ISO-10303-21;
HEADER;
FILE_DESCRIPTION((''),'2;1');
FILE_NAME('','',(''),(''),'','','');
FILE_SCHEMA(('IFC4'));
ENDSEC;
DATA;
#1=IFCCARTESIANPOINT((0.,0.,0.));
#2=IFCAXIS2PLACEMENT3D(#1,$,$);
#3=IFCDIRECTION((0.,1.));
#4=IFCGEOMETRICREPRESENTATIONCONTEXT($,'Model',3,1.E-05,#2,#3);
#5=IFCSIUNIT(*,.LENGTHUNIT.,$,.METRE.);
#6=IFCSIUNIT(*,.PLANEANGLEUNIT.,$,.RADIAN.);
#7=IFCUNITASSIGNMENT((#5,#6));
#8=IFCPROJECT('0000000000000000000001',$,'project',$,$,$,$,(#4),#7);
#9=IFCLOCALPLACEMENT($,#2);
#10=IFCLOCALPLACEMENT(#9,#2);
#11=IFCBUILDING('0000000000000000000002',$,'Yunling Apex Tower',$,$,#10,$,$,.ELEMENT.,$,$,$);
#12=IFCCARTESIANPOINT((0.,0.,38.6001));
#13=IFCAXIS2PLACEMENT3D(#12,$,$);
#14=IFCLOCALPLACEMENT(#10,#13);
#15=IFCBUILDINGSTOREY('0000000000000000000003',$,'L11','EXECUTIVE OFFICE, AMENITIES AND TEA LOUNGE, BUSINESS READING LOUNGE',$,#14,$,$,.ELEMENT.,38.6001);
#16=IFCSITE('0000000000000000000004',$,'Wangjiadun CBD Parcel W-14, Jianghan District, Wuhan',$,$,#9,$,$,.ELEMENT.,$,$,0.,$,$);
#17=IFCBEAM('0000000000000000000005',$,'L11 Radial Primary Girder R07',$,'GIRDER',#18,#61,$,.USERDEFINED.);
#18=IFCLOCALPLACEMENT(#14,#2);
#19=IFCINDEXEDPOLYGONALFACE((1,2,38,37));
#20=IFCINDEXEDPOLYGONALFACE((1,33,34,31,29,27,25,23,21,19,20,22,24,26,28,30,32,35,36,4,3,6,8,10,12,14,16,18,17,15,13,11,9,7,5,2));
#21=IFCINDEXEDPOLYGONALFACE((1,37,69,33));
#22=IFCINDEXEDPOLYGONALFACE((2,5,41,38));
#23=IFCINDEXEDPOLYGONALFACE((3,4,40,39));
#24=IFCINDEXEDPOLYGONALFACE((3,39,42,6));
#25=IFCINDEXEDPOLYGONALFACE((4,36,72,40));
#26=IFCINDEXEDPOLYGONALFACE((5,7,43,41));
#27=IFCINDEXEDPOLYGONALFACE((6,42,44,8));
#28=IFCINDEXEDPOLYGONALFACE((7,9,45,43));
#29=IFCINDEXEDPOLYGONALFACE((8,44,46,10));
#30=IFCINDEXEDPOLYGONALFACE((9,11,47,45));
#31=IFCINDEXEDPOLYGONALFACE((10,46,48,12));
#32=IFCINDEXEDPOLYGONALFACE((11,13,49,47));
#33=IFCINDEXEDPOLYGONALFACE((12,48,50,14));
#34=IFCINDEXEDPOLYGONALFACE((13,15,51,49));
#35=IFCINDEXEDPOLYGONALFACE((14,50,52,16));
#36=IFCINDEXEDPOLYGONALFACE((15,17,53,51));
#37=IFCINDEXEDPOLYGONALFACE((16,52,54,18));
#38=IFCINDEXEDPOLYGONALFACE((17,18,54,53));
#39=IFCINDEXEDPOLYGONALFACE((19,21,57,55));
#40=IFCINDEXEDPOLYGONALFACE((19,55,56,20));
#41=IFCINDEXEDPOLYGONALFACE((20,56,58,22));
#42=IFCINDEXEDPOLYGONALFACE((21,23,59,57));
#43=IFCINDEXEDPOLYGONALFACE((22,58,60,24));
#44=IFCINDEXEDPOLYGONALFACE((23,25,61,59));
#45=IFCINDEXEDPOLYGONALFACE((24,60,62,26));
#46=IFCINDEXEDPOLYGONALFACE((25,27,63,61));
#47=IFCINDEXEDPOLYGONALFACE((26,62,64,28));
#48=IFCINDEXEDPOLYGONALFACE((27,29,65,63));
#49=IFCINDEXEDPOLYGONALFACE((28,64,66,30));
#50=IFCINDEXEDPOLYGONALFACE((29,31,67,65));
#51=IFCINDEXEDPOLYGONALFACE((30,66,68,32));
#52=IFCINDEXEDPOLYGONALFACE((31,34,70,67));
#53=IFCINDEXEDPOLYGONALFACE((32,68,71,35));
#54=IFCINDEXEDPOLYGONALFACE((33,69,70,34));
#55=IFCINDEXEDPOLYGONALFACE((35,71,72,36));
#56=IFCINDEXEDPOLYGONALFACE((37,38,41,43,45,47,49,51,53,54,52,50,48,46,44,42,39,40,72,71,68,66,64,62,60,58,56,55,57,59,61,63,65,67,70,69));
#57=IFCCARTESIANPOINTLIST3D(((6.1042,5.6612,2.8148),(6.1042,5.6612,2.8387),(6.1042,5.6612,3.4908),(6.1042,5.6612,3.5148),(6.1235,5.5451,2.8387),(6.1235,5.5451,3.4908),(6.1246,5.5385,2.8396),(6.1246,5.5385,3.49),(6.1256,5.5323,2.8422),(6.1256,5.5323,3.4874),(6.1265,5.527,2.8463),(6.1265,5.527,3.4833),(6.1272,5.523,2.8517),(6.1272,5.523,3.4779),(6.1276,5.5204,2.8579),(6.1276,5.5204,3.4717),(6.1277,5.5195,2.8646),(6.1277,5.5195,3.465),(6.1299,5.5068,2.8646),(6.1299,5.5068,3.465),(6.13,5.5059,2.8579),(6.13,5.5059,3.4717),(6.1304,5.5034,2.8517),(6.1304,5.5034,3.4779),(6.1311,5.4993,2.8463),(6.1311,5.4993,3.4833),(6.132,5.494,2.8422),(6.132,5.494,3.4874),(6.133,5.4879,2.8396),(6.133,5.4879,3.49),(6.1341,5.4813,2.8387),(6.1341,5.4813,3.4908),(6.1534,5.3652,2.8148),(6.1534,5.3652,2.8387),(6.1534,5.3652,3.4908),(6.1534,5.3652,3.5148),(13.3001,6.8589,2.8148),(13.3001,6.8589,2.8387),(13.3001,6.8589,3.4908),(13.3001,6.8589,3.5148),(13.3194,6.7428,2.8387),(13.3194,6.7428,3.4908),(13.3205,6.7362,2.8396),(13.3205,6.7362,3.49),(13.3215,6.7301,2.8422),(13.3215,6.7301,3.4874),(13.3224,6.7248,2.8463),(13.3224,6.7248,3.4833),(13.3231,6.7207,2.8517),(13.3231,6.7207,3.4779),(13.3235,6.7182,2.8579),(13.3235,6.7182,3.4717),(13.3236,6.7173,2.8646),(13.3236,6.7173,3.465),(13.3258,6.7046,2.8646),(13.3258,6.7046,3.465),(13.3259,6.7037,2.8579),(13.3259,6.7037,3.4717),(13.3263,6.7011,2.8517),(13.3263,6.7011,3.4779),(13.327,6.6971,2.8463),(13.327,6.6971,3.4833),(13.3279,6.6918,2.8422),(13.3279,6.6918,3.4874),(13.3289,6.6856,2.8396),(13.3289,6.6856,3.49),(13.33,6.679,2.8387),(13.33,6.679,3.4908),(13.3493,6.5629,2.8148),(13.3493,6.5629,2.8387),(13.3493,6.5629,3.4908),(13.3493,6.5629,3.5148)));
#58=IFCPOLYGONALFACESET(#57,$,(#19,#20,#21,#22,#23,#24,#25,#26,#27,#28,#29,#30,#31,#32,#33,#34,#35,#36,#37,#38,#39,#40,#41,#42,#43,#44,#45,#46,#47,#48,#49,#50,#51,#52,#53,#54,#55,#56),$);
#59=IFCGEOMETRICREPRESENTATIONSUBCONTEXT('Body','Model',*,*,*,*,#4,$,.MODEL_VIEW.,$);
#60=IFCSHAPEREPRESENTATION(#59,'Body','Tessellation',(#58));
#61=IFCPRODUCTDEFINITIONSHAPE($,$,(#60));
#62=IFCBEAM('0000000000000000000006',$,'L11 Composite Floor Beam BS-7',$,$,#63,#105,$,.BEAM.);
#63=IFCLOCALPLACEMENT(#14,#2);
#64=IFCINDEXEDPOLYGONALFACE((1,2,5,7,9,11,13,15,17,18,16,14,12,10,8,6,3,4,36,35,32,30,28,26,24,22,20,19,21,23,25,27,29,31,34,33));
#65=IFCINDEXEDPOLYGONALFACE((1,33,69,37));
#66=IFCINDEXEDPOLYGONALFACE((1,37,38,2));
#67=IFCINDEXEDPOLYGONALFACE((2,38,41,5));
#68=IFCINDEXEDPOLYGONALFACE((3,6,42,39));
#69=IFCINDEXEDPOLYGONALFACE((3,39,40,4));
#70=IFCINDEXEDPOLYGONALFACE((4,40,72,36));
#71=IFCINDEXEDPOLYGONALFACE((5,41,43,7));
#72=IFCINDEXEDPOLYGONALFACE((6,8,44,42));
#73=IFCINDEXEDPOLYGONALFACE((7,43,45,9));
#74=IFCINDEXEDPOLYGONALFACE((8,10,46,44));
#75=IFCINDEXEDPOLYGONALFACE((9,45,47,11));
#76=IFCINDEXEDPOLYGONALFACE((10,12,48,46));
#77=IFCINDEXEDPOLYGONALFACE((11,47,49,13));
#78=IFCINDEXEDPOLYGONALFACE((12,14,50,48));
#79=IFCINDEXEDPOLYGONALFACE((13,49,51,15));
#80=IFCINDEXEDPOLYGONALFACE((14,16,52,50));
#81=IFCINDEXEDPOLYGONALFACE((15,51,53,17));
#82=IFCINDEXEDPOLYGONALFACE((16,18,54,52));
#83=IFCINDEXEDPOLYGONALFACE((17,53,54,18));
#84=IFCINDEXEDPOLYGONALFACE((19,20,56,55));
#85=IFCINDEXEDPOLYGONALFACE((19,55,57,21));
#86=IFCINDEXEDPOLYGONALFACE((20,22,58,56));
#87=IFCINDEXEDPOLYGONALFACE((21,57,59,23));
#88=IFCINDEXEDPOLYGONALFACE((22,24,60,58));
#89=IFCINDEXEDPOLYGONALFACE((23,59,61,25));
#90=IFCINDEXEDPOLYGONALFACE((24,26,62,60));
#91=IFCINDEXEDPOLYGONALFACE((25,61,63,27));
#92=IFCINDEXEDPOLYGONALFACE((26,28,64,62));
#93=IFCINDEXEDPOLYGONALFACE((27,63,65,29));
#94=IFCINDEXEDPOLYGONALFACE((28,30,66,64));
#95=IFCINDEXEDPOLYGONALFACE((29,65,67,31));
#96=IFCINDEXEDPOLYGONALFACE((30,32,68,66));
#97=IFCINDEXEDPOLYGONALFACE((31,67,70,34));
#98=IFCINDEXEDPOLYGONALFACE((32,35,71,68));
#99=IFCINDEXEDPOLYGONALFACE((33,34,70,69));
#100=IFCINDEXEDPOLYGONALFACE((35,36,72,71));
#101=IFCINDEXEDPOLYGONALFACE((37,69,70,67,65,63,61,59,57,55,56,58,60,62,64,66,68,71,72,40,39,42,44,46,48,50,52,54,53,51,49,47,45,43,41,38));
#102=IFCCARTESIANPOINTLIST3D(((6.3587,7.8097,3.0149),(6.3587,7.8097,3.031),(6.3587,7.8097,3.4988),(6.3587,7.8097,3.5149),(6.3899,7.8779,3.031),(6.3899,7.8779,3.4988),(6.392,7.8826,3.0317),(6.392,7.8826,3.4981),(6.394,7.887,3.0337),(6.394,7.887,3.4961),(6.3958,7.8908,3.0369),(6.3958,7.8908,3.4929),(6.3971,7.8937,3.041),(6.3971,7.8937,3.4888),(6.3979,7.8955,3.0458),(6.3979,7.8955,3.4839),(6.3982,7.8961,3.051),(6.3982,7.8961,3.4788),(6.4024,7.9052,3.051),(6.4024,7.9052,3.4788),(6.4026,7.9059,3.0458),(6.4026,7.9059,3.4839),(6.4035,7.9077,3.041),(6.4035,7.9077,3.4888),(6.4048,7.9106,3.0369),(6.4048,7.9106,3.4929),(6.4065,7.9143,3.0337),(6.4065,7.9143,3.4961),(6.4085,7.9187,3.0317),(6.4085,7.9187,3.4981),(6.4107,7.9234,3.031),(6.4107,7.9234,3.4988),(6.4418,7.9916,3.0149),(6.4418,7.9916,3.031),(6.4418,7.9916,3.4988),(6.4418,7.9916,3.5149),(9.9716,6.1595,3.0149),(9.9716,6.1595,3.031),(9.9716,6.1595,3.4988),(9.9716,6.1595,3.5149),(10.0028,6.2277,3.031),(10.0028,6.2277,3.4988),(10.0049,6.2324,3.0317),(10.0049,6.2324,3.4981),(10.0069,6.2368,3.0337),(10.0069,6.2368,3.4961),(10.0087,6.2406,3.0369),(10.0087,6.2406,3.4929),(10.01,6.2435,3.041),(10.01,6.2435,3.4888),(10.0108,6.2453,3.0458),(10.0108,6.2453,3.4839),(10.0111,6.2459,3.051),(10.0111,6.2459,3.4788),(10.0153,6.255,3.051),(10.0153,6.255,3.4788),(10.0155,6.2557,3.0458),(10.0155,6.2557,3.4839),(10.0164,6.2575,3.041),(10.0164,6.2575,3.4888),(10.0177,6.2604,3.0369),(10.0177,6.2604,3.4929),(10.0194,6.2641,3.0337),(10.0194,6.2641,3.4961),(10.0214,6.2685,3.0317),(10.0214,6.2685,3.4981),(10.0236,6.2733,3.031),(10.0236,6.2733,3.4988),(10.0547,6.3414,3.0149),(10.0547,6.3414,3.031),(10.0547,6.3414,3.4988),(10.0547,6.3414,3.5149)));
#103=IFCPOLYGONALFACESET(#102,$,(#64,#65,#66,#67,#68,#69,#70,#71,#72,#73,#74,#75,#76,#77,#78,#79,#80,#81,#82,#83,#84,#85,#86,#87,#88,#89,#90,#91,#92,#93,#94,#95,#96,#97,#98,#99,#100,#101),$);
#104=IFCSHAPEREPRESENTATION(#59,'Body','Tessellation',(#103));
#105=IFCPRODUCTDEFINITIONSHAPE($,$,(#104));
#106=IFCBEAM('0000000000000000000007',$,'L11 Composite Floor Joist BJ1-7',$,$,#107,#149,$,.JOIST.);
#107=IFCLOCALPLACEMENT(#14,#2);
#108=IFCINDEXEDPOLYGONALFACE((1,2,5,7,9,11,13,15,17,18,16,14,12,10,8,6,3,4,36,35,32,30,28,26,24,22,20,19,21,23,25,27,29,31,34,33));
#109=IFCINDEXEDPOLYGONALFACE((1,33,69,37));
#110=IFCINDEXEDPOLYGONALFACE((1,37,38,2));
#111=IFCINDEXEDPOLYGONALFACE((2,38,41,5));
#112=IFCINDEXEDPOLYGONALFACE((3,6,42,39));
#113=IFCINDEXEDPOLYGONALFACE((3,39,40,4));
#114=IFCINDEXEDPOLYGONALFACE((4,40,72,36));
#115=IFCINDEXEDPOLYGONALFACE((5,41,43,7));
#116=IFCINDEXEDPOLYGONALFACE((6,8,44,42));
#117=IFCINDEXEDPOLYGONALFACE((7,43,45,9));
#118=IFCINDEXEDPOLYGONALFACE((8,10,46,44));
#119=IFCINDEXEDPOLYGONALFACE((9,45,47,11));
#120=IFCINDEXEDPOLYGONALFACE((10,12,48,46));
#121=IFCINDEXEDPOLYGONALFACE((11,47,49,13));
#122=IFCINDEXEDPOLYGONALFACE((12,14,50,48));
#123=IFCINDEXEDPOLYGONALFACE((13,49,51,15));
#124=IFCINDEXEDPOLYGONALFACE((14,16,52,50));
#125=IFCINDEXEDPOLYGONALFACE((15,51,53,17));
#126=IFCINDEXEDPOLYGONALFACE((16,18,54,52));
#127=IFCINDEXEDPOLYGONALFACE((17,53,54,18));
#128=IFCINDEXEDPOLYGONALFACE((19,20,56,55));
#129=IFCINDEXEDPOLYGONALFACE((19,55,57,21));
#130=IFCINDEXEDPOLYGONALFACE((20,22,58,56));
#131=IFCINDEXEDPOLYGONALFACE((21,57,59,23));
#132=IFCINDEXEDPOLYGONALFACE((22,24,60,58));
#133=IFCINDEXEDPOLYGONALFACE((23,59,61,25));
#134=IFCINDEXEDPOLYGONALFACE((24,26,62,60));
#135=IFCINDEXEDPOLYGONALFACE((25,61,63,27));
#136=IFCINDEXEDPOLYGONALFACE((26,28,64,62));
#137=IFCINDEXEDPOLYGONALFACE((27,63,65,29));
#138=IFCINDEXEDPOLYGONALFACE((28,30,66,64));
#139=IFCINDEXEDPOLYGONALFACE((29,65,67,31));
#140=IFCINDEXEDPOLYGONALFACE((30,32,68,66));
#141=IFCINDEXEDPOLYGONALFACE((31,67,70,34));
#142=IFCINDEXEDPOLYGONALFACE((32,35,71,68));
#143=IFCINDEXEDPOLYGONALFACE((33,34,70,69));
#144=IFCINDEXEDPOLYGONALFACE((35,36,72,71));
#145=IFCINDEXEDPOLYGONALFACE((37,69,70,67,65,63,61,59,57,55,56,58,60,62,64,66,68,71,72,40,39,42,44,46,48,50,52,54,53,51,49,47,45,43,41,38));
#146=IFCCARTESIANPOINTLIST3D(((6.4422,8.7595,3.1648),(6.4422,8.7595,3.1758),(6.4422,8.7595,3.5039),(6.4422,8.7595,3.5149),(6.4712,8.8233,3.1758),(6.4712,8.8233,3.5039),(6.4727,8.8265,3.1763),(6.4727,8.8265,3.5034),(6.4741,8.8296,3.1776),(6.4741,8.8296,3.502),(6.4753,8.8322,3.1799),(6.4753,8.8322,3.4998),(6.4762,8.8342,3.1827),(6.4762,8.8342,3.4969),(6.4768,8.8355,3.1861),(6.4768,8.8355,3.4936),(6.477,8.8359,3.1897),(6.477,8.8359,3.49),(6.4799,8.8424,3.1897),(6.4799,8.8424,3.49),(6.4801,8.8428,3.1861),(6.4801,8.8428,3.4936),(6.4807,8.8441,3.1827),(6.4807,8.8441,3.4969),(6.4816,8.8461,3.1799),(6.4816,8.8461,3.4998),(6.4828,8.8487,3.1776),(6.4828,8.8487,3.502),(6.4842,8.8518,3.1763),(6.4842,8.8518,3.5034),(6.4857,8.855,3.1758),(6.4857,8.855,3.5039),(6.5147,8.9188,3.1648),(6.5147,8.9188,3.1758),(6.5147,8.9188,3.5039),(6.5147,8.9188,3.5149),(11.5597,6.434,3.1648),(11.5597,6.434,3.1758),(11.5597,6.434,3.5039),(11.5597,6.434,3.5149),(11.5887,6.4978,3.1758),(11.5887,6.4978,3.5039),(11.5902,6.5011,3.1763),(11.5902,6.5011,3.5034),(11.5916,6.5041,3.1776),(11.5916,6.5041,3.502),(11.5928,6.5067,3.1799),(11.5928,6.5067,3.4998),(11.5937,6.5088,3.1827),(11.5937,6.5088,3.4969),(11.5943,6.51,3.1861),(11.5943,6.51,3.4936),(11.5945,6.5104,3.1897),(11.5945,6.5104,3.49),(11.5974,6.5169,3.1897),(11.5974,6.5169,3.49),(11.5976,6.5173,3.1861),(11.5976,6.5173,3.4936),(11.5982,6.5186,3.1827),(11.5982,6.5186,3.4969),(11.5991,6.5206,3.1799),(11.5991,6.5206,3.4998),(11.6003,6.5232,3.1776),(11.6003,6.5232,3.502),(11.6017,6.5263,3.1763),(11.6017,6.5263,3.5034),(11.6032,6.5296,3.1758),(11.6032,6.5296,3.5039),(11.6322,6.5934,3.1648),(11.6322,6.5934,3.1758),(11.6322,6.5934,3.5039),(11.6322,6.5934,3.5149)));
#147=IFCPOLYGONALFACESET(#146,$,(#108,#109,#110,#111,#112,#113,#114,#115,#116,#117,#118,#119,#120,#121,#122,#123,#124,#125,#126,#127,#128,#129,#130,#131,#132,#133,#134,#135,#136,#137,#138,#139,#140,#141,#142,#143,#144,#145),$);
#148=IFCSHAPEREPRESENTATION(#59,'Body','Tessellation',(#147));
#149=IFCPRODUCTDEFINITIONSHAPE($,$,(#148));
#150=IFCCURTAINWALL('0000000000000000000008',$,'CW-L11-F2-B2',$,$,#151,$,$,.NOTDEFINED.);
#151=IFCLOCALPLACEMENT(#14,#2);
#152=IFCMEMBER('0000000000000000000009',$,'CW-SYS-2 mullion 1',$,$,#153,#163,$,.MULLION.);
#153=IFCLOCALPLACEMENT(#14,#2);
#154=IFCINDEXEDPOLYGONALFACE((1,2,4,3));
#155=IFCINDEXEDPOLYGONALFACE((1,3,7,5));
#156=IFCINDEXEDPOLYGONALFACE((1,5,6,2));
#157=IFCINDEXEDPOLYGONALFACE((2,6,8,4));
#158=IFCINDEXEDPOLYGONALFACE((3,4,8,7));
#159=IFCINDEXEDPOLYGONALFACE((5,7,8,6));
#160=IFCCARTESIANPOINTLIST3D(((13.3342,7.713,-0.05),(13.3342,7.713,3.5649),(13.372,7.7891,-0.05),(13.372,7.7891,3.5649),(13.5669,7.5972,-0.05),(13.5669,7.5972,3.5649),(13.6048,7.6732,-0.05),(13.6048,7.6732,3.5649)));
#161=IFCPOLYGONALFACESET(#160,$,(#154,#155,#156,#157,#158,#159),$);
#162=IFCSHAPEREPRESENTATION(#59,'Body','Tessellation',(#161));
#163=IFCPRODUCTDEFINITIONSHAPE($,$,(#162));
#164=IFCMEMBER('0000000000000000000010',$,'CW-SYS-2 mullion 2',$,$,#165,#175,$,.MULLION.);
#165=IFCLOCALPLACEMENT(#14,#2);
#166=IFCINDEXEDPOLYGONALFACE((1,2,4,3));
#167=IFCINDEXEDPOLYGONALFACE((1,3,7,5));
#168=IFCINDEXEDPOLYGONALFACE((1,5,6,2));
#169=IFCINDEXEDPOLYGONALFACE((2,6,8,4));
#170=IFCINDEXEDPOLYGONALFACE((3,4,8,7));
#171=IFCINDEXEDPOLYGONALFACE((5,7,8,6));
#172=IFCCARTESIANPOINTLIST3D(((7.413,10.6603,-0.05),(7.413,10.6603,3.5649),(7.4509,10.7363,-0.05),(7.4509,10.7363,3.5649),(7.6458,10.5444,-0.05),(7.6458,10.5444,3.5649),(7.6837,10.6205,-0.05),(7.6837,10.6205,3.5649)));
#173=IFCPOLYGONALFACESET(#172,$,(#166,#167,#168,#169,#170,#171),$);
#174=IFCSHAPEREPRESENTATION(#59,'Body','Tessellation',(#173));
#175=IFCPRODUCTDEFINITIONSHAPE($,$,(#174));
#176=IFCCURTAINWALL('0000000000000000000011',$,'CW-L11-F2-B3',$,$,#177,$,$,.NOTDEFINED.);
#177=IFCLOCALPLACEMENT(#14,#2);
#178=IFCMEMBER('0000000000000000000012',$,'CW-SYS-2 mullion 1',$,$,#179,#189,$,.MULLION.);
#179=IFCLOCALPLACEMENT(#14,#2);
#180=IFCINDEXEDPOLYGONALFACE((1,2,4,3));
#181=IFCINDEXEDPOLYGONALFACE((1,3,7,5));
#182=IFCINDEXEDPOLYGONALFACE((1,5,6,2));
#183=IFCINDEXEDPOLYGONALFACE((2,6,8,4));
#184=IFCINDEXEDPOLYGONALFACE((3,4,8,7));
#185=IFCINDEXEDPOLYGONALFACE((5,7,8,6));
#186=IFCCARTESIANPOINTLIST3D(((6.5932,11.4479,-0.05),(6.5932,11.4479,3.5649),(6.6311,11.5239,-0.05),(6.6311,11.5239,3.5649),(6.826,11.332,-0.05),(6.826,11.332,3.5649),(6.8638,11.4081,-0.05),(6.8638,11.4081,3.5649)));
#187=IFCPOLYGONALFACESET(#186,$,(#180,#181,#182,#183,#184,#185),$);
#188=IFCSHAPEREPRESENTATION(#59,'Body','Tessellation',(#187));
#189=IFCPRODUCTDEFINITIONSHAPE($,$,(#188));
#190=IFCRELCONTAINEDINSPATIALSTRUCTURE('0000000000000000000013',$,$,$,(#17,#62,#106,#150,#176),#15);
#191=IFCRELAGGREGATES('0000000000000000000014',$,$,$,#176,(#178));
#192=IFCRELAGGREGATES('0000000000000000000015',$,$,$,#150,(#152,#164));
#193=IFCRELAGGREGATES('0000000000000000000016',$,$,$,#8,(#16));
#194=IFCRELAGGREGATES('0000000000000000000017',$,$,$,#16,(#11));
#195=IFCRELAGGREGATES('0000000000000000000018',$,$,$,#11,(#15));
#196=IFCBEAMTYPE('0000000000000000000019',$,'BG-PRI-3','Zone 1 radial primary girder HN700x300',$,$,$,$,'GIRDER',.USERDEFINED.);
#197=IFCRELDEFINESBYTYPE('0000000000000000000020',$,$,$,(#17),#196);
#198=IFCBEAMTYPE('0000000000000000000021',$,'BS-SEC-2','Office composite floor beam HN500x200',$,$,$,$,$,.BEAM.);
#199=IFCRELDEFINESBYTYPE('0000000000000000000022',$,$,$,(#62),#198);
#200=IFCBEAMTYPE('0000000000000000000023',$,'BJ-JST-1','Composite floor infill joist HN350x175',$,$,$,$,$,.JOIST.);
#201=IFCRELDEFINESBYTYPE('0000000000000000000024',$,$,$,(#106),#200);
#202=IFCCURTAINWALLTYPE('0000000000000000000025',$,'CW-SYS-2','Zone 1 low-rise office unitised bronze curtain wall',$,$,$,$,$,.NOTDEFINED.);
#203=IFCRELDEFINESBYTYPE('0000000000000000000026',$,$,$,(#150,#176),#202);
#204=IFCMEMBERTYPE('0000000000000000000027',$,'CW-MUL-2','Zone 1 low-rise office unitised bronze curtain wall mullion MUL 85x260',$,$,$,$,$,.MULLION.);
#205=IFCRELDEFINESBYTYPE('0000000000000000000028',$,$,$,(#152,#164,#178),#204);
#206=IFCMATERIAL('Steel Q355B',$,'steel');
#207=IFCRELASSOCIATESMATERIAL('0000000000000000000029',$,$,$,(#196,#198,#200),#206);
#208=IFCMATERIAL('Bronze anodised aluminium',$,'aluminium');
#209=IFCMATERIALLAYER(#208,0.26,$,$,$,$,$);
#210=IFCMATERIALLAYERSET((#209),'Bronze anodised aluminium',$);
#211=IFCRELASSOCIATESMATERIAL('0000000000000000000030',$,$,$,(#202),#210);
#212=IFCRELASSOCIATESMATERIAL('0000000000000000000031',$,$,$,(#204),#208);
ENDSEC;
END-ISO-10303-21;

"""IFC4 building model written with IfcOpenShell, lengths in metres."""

from ifc_helpers import new_model, si_unit, direction, frame, origin, origin_2d, place, context, subcontext, project, spatial, rectangle, i_section, extrude, source, transform, mapped, material, layer, layer_set, material_profile, profile_set, type_object, element, aggregate, save


model = new_model("IFC4")

# Units and contexts
model_context = context("Model", 3, precision=1e-05, world=origin(), true_north=direction((0.0, 1.0)))
body_context = subcontext(model_context, "Body", "Model", "MODEL_VIEW")
ifc_project = project(units=[si_unit("LENGTHUNIT", "METRE"), si_unit("PLANEANGLEUNIT", "RADIAN")], contexts=[model_context])

# Site, building, storey
site_placement = place(None, origin())
site = spatial("IfcSite", under=ifc_project, at=site_placement, Name="Wangjiadun CBD Parcel W-14, Jianghan District, Wuhan", CompositionType="ELEMENT", RefElevation=0.0)
building_placement = place(site_placement, origin())
building = spatial("IfcBuilding", under=site, at=building_placement, Name="Yunling Apex Tower", CompositionType="ELEMENT")
storey_placement = place(building_placement, frame((0.0, 0.0, 38.6001)))
storey = spatial("IfcBuildingStorey", under=building, at=storey_placement, Name="L11", Description="EXECUTIVE OFFICE, AMENITIES AND TEA LOUNGE, BUSINESS READING LOUNGE", CompositionType="ELEMENT", Elevation=38.6001)

# Beams
ifc_material_1 = material(Name="Steel Q355B", Category="steel")
ifc_material_profile_1 = material_profile(ifc_material_1, i_section(OverallWidth=0.3, OverallDepth=0.7, WebThickness=0.0129, FlangeThickness=0.0239, FilletRadius=0.0259, at=origin_2d()))
ifc_profile_set_1 = profile_set([ifc_material_profile_1], Name="Steel Q355B")
beam_type_1 = type_object("IfcBeamType", Name="BG-PRI-3", Description="Zone 1 radial primary girder HN700x300", ElementType="GIRDER", PredefinedType="USERDEFINED", material=ifc_profile_set_1)
shared_shape_1 = source(origin(), body_context, "Body", "SweptSolid", [
    extrude(i_section(OverallWidth=0.3, OverallDepth=0.7, WebThickness=0.0129, FlangeThickness=0.0239, FilletRadius=0.0259, at=origin_2d()), origin(), (0.0, 0.0, 1.0), 7.2949),
])
beam_1_placement = place(storey_placement, frame((13.3247, 6.7109, 3.1648), z_axis=(-0.986428, -0.164193, 0.0), x_axis=(0.164193, -0.986428, 0.0)))
element("IfcBeam", 1, at=beam_1_placement, inside=storey, type_object=beam_type_1, Name="L11 Radial Primary Girder R07", ObjectType="GIRDER", PredefinedType="USERDEFINED", context=body_context, shape_type="MappedRepresentation", body=[
    mapped(shared_shape_1, transform((0.0, 0.0, 0.0), scale=1.0)),
])
ifc_material_profile_2 = material_profile(ifc_material_1, i_section(OverallWidth=0.2, OverallDepth=0.5, WebThickness=0.01, FlangeThickness=0.0161, FilletRadius=0.02, at=origin_2d()))
ifc_profile_set_2 = profile_set([ifc_material_profile_2], Name="Steel Q355B")
beam_type_2 = type_object("IfcBeamType", Name="BS-SEC-2", Description="Office composite floor beam HN500x200", PredefinedType="BEAM", material=ifc_profile_set_2)
shared_shape_2 = source(origin(), body_context, "Body", "SweptSolid", [
    extrude(i_section(OverallWidth=0.2, OverallDepth=0.5, WebThickness=0.01, FlangeThickness=0.0161, FilletRadius=0.02, at=origin_2d()), origin(), (0.0, 0.0, 1.0), 3.9719),
])
beam_2_placement = place(storey_placement, frame((10.0132, 6.2505, 3.2649), z_axis=(-0.909609, 0.415465, 0.0), x_axis=(-0.415465, -0.909609, 0.0)))
element("IfcBeam", 2, at=beam_2_placement, inside=storey, type_object=beam_type_2, Name="L11 Composite Floor Beam BS-7", PredefinedType="BEAM", context=body_context, shape_type="MappedRepresentation", body=[
    mapped(shared_shape_2, transform((0.0, 0.0, 0.0), scale=1.0)),
])
ifc_material_profile_3 = material_profile(ifc_material_1, i_section(OverallWidth=0.175, OverallDepth=0.3501, WebThickness=0.0071, FlangeThickness=0.011, FilletRadius=0.0139, at=origin_2d()))
ifc_profile_set_3 = profile_set([ifc_material_profile_3], Name="Steel Q355B")
beam_type_3 = type_object("IfcBeamType", Name="BJ-JST-1", Description="Composite floor infill joist HN350x175", PredefinedType="JOIST", material=ifc_profile_set_3)
shared_shape_3 = source(origin(), body_context, "Body", "SweptSolid", [
    extrude(i_section(OverallWidth=0.175, OverallDepth=0.3501, WebThickness=0.0071, FlangeThickness=0.011, FilletRadius=0.0139, at=origin_2d()), origin(), (0.0, 0.0, 1.0), 5.6211),
])
beam_3_placement = place(storey_placement, frame((11.5959, 6.5137, 3.3398), z_axis=(-0.910411, 0.413705, 0.0), x_axis=(-0.413705, -0.910411, 0.0)))
element("IfcBeam", 3, at=beam_3_placement, inside=storey, type_object=beam_type_3, Name="L11 Composite Floor Joist BJ1-7", PredefinedType="JOIST", context=body_context, shape_type="MappedRepresentation", body=[
    mapped(shared_shape_3, transform((0.0, 0.0, 0.0), scale=1.0)),
])

# Curtain walls, members
ifc_material_2 = material(Name="Bronze anodised aluminium", Category="aluminium")
ifc_layer_1 = layer(ifc_material_2, 0.26)
ifc_layer_set_1 = layer_set([ifc_layer_1], Name="Bronze anodised aluminium")
curtain_wall_type = type_object("IfcCurtainWallType", Name="CW-SYS-2", Description="Zone 1 low-rise office unitised bronze curtain wall", PredefinedType="NOTDEFINED", material=ifc_layer_set_1)
curtain_wall_1_placement = place(storey_placement, origin())
curtain_wall_1 = element("IfcCurtainWall", 4, at=curtain_wall_1_placement, inside=storey, type_object=curtain_wall_type, Name="CW-L11-F2-B2", PredefinedType="NOTDEFINED")
ifc_material_profile_4 = material_profile(ifc_material_2, rectangle(XDim=0.085, YDim=0.26, at=origin_2d()))
ifc_profile_set_4 = profile_set([ifc_material_profile_4], Name="Bronze anodised aluminium")
member_type_1 = type_object("IfcMemberType", Name="CW-MUL-2", Description="Zone 1 low-rise office unitised bronze curtain wall mullion MUL 85x260", PredefinedType="MULLION", material=ifc_profile_set_4)
shared_shape_4 = source(origin(), body_context, "Body", "SweptSolid", [
    extrude(rectangle(XDim=0.085, YDim=0.26, at=origin_2d()), origin(), (0.0, 0.0, 1.0), 3.615),
])
member_1_placement = place(storey_placement, frame((13.4695, 7.6931, -0.05), z_axis=(0.0, 0.0, 1.0), x_axis=(-0.445577, -0.895244, 0.0)))
member_1 = element("IfcMember", 5, at=member_1_placement, type_object=member_type_1, Name="CW-SYS-2 mullion 1", PredefinedType="MULLION", context=body_context, shape_type="MappedRepresentation", body=[
    mapped(shared_shape_4, transform((0.0, 0.0, 0.0), scale=1.0)),
])
member_2_placement = place(storey_placement, frame((7.5483, 10.6404, -0.05), z_axis=(0.0, 0.0, 1.0), x_axis=(-0.445577, -0.895244, 0.0)))
member_2 = element("IfcMember", 6, at=member_2_placement, type_object=member_type_1, Name="CW-SYS-2 mullion 2", PredefinedType="MULLION", context=body_context, shape_type="MappedRepresentation", body=[
    mapped(shared_shape_4, transform((0.0, 0.0, 0.0), scale=1.0)),
])
curtain_wall_2_placement = place(storey_placement, origin())
curtain_wall_2 = element("IfcCurtainWall", 7, at=curtain_wall_2_placement, inside=storey, type_object=curtain_wall_type, Name="CW-L11-F2-B3", PredefinedType="NOTDEFINED")
member_3_placement = place(storey_placement, frame((6.7285, 11.428, -0.05), z_axis=(0.0, 0.0, 1.0), x_axis=(-0.44558, -0.895242, 0.0)))
member_3 = element("IfcMember", 8, at=member_3_placement, type_object=member_type_1, Name="CW-SYS-2 mullion 1", PredefinedType="MULLION", context=body_context, shape_type="MappedRepresentation", body=[
    mapped(shared_shape_4, transform((0.0, 0.0, 0.0), scale=1.0)),
])
aggregate(curtain_wall_2, [member_3])

aggregate(curtain_wall_1, [member_1, member_2])

save(model, "model.ifc")
